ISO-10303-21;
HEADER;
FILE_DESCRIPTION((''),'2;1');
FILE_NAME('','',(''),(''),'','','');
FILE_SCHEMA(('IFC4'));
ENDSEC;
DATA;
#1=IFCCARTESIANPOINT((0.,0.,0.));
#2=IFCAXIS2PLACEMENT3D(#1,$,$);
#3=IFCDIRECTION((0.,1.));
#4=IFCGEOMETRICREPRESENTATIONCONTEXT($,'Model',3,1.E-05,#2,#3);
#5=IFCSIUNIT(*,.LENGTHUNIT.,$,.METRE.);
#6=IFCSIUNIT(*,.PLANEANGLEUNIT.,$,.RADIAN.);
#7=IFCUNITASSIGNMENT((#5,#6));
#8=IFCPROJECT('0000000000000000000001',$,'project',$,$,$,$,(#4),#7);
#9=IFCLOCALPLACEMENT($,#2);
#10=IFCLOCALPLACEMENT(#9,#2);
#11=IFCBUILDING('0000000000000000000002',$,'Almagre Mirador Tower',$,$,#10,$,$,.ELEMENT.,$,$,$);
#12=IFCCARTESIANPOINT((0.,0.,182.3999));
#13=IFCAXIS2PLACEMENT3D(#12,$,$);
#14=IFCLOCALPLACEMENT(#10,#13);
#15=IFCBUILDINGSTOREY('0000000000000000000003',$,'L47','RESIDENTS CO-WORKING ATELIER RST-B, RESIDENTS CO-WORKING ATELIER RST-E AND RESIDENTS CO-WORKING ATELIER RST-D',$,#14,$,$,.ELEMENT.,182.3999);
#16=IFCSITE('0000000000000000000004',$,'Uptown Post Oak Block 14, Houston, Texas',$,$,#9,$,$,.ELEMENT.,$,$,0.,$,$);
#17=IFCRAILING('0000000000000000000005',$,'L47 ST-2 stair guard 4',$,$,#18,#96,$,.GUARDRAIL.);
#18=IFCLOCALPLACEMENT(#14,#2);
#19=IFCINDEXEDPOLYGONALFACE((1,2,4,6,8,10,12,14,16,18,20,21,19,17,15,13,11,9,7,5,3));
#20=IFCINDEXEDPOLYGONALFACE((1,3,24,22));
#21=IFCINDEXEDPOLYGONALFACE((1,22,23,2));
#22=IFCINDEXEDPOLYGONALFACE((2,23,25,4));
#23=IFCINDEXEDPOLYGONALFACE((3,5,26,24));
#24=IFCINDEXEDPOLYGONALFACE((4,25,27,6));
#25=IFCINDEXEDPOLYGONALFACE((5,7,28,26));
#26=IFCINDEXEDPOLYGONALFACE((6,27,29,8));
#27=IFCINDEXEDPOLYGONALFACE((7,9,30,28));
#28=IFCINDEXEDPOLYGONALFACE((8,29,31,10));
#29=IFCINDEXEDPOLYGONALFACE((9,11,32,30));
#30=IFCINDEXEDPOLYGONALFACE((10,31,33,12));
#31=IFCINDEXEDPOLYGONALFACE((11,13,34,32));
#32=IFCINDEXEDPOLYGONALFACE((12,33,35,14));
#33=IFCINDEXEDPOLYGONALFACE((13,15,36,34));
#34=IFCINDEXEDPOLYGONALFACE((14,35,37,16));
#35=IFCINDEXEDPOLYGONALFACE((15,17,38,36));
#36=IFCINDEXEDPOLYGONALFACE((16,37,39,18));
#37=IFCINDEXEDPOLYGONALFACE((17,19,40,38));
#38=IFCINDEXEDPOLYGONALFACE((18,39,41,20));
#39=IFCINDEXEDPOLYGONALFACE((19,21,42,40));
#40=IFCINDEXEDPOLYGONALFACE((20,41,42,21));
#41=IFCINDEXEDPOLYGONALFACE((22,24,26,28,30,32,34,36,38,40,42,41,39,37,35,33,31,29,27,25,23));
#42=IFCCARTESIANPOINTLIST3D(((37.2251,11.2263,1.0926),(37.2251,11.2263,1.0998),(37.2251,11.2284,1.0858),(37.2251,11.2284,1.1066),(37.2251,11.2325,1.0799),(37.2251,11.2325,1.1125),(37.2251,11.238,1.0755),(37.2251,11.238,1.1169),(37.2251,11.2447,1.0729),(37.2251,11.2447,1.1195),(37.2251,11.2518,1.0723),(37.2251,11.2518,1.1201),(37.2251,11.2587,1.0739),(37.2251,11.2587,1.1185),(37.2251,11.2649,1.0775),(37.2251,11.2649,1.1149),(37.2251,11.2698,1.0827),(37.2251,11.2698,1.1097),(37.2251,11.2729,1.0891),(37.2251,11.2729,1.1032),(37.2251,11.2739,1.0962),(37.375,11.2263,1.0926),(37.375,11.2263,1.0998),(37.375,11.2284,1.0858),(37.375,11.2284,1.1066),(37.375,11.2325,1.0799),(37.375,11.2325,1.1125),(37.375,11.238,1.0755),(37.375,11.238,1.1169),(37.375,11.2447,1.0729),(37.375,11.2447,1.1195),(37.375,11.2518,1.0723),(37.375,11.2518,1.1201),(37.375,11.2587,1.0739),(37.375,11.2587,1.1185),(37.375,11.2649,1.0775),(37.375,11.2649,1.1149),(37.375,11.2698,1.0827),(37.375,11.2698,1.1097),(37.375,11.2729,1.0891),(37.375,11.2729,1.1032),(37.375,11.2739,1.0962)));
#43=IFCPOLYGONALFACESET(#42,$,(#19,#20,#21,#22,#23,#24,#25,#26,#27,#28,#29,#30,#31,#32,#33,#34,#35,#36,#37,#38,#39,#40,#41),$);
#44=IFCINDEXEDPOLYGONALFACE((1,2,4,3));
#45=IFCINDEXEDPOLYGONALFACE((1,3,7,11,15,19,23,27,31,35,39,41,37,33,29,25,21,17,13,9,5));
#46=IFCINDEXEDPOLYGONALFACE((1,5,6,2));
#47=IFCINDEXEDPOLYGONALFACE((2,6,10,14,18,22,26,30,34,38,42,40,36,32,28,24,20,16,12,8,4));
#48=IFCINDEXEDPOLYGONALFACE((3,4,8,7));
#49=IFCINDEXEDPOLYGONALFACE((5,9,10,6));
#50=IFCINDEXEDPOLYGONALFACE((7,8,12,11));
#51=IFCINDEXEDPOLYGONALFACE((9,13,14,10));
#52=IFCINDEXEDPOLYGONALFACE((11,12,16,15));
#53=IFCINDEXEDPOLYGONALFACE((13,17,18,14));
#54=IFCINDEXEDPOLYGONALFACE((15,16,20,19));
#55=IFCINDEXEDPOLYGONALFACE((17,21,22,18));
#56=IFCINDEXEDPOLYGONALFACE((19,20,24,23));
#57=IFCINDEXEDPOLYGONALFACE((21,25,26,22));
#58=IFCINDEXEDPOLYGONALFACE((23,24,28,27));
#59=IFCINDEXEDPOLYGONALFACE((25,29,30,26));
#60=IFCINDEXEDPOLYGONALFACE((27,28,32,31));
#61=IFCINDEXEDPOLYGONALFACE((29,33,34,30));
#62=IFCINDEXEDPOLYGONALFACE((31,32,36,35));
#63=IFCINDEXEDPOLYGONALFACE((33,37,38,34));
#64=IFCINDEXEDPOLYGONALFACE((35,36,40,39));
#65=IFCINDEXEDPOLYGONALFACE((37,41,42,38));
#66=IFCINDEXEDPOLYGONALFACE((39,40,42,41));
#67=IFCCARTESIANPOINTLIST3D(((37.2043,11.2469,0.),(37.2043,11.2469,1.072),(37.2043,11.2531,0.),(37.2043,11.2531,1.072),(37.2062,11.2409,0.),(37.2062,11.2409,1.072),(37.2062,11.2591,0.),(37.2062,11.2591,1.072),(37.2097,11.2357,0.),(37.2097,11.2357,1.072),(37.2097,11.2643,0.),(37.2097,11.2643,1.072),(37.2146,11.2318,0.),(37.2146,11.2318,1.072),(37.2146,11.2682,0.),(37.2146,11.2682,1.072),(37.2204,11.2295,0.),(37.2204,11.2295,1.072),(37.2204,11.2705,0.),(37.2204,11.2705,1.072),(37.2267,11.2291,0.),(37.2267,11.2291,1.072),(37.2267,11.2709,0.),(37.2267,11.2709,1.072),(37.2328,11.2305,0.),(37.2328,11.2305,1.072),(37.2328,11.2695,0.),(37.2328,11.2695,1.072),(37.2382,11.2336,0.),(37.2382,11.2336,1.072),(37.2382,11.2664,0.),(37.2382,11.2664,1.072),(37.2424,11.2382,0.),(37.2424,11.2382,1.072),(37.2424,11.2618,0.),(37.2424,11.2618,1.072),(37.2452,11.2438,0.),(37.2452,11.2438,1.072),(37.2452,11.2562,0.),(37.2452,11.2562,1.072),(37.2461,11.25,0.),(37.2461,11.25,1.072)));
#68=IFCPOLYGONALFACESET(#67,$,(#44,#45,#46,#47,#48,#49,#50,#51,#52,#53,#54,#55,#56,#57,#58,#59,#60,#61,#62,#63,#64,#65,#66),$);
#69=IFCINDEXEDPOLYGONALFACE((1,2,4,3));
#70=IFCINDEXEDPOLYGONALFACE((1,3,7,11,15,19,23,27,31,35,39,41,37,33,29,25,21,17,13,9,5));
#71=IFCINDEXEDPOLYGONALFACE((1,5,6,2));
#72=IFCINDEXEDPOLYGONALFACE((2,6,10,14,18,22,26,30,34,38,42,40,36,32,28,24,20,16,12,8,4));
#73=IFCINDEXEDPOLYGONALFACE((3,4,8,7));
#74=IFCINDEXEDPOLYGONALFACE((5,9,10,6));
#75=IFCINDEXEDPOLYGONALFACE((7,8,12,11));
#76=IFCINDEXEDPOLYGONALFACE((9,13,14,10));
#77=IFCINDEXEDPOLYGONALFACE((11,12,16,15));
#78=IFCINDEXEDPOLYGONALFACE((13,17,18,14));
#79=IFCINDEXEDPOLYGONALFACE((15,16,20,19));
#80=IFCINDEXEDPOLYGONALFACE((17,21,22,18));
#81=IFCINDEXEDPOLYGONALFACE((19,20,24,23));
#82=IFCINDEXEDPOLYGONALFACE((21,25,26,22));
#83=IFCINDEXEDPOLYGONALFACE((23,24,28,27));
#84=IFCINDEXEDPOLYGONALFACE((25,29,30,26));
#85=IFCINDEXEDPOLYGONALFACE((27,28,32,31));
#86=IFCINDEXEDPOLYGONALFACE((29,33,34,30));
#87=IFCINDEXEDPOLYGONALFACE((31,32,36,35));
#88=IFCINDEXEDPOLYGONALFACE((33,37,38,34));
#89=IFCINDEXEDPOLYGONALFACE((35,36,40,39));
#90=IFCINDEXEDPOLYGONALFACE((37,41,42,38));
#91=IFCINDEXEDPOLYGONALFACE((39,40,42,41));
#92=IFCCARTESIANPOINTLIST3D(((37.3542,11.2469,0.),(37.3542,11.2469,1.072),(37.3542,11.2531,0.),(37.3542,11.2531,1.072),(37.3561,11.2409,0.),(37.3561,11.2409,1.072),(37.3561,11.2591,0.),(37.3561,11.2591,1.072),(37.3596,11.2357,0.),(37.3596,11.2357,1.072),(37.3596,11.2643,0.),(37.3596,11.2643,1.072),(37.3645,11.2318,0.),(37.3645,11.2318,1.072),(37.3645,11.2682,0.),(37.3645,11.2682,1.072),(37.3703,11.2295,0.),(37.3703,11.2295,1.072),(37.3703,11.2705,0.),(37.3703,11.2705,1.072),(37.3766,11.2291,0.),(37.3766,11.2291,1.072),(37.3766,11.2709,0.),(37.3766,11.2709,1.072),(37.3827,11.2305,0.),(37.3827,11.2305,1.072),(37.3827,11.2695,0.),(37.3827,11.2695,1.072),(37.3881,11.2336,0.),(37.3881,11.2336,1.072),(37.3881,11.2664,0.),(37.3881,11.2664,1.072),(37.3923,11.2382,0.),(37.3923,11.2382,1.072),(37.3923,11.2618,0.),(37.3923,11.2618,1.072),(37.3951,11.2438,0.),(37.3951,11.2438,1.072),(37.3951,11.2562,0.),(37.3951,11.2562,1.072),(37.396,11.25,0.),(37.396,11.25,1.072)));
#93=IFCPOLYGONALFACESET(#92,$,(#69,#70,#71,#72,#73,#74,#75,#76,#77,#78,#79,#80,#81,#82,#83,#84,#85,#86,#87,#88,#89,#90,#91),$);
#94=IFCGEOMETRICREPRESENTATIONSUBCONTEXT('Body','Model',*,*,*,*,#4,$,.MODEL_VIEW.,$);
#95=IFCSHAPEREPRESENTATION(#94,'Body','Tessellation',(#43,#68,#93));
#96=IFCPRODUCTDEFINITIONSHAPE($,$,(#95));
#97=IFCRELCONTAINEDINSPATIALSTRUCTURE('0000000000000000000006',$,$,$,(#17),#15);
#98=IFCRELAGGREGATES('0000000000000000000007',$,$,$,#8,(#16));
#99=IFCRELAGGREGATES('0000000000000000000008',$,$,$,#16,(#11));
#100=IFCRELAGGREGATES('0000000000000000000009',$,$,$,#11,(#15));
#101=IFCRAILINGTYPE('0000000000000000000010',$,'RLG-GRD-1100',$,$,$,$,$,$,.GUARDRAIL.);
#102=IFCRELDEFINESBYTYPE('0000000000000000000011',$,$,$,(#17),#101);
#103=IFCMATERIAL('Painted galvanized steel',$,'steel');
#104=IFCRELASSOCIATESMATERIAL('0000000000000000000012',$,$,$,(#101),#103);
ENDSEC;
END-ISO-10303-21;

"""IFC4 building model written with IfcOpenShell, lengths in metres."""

from ifc_helpers import new_model, si_unit, direction, frame, origin, origin_2d, place, context, subcontext, project, spatial, circle, extrude, material, type_object, element, save


model = new_model("IFC4")

# Units and contexts
model_context = context("Model", 3, precision=1e-05, world=origin(), true_north=direction((0.0, 1.0)))
body_context = subcontext(model_context, "Body", "Model", "MODEL_VIEW")
ifc_project = project(units=[si_unit("LENGTHUNIT", "METRE"), si_unit("PLANEANGLEUNIT", "RADIAN")], contexts=[model_context])

# Site, building, storey
site_placement = place(None, origin())
site = spatial("IfcSite", under=ifc_project, at=site_placement, Name="Uptown Post Oak Block 14, Houston, Texas", CompositionType="ELEMENT", RefElevation=0.0)
building_placement = place(site_placement, origin())
building = spatial("IfcBuilding", under=site, at=building_placement, Name="Almagre Mirador Tower", CompositionType="ELEMENT")
storey_placement = place(building_placement, frame((0.0, 0.0, 182.3999)))
storey = spatial("IfcBuildingStorey", under=building, at=storey_placement, Name="L47", Description="RESIDENTS CO-WORKING ATELIER RST-B, RESIDENTS CO-WORKING ATELIER RST-E AND RESIDENTS CO-WORKING ATELIER RST-D", CompositionType="ELEMENT", Elevation=182.3999)

# Railing
ifc_material_1 = material(Name="Painted galvanized steel", Category="steel")
railing_type_1 = type_object("IfcRailingType", Name="RLG-GRD-1100", PredefinedType="GUARDRAIL", material=ifc_material_1)
railing_1_placement = place(storey_placement, frame((37.2251, 11.25, 0.0)))
element("IfcRailing", 1, at=railing_1_placement, inside=storey, type_object=railing_type_1, Name="L47 ST-2 stair guard 4", PredefinedType="GUARDRAIL", context=body_context, shape_type="SweptSolid", body=[
    extrude(circle(Radius=0.0239, at=origin_2d()), frame((0.0, 0.0, 1.0962), z_axis=(1.0, 0.0, 0.0), x_axis=(0.0, 1.0, 0.0)), (0.0, 0.0, 1.0), 0.1499),
    extrude(circle(Radius=0.021, at=origin_2d()), origin(), (0.0, 0.0, 1.0), 1.072),
    extrude(circle(Radius=0.021, at=origin_2d()), frame((0.1499, 0.0, 0.0)), (0.0, 0.0, 1.0), 1.072),
])

save(model, "model.ifc")
